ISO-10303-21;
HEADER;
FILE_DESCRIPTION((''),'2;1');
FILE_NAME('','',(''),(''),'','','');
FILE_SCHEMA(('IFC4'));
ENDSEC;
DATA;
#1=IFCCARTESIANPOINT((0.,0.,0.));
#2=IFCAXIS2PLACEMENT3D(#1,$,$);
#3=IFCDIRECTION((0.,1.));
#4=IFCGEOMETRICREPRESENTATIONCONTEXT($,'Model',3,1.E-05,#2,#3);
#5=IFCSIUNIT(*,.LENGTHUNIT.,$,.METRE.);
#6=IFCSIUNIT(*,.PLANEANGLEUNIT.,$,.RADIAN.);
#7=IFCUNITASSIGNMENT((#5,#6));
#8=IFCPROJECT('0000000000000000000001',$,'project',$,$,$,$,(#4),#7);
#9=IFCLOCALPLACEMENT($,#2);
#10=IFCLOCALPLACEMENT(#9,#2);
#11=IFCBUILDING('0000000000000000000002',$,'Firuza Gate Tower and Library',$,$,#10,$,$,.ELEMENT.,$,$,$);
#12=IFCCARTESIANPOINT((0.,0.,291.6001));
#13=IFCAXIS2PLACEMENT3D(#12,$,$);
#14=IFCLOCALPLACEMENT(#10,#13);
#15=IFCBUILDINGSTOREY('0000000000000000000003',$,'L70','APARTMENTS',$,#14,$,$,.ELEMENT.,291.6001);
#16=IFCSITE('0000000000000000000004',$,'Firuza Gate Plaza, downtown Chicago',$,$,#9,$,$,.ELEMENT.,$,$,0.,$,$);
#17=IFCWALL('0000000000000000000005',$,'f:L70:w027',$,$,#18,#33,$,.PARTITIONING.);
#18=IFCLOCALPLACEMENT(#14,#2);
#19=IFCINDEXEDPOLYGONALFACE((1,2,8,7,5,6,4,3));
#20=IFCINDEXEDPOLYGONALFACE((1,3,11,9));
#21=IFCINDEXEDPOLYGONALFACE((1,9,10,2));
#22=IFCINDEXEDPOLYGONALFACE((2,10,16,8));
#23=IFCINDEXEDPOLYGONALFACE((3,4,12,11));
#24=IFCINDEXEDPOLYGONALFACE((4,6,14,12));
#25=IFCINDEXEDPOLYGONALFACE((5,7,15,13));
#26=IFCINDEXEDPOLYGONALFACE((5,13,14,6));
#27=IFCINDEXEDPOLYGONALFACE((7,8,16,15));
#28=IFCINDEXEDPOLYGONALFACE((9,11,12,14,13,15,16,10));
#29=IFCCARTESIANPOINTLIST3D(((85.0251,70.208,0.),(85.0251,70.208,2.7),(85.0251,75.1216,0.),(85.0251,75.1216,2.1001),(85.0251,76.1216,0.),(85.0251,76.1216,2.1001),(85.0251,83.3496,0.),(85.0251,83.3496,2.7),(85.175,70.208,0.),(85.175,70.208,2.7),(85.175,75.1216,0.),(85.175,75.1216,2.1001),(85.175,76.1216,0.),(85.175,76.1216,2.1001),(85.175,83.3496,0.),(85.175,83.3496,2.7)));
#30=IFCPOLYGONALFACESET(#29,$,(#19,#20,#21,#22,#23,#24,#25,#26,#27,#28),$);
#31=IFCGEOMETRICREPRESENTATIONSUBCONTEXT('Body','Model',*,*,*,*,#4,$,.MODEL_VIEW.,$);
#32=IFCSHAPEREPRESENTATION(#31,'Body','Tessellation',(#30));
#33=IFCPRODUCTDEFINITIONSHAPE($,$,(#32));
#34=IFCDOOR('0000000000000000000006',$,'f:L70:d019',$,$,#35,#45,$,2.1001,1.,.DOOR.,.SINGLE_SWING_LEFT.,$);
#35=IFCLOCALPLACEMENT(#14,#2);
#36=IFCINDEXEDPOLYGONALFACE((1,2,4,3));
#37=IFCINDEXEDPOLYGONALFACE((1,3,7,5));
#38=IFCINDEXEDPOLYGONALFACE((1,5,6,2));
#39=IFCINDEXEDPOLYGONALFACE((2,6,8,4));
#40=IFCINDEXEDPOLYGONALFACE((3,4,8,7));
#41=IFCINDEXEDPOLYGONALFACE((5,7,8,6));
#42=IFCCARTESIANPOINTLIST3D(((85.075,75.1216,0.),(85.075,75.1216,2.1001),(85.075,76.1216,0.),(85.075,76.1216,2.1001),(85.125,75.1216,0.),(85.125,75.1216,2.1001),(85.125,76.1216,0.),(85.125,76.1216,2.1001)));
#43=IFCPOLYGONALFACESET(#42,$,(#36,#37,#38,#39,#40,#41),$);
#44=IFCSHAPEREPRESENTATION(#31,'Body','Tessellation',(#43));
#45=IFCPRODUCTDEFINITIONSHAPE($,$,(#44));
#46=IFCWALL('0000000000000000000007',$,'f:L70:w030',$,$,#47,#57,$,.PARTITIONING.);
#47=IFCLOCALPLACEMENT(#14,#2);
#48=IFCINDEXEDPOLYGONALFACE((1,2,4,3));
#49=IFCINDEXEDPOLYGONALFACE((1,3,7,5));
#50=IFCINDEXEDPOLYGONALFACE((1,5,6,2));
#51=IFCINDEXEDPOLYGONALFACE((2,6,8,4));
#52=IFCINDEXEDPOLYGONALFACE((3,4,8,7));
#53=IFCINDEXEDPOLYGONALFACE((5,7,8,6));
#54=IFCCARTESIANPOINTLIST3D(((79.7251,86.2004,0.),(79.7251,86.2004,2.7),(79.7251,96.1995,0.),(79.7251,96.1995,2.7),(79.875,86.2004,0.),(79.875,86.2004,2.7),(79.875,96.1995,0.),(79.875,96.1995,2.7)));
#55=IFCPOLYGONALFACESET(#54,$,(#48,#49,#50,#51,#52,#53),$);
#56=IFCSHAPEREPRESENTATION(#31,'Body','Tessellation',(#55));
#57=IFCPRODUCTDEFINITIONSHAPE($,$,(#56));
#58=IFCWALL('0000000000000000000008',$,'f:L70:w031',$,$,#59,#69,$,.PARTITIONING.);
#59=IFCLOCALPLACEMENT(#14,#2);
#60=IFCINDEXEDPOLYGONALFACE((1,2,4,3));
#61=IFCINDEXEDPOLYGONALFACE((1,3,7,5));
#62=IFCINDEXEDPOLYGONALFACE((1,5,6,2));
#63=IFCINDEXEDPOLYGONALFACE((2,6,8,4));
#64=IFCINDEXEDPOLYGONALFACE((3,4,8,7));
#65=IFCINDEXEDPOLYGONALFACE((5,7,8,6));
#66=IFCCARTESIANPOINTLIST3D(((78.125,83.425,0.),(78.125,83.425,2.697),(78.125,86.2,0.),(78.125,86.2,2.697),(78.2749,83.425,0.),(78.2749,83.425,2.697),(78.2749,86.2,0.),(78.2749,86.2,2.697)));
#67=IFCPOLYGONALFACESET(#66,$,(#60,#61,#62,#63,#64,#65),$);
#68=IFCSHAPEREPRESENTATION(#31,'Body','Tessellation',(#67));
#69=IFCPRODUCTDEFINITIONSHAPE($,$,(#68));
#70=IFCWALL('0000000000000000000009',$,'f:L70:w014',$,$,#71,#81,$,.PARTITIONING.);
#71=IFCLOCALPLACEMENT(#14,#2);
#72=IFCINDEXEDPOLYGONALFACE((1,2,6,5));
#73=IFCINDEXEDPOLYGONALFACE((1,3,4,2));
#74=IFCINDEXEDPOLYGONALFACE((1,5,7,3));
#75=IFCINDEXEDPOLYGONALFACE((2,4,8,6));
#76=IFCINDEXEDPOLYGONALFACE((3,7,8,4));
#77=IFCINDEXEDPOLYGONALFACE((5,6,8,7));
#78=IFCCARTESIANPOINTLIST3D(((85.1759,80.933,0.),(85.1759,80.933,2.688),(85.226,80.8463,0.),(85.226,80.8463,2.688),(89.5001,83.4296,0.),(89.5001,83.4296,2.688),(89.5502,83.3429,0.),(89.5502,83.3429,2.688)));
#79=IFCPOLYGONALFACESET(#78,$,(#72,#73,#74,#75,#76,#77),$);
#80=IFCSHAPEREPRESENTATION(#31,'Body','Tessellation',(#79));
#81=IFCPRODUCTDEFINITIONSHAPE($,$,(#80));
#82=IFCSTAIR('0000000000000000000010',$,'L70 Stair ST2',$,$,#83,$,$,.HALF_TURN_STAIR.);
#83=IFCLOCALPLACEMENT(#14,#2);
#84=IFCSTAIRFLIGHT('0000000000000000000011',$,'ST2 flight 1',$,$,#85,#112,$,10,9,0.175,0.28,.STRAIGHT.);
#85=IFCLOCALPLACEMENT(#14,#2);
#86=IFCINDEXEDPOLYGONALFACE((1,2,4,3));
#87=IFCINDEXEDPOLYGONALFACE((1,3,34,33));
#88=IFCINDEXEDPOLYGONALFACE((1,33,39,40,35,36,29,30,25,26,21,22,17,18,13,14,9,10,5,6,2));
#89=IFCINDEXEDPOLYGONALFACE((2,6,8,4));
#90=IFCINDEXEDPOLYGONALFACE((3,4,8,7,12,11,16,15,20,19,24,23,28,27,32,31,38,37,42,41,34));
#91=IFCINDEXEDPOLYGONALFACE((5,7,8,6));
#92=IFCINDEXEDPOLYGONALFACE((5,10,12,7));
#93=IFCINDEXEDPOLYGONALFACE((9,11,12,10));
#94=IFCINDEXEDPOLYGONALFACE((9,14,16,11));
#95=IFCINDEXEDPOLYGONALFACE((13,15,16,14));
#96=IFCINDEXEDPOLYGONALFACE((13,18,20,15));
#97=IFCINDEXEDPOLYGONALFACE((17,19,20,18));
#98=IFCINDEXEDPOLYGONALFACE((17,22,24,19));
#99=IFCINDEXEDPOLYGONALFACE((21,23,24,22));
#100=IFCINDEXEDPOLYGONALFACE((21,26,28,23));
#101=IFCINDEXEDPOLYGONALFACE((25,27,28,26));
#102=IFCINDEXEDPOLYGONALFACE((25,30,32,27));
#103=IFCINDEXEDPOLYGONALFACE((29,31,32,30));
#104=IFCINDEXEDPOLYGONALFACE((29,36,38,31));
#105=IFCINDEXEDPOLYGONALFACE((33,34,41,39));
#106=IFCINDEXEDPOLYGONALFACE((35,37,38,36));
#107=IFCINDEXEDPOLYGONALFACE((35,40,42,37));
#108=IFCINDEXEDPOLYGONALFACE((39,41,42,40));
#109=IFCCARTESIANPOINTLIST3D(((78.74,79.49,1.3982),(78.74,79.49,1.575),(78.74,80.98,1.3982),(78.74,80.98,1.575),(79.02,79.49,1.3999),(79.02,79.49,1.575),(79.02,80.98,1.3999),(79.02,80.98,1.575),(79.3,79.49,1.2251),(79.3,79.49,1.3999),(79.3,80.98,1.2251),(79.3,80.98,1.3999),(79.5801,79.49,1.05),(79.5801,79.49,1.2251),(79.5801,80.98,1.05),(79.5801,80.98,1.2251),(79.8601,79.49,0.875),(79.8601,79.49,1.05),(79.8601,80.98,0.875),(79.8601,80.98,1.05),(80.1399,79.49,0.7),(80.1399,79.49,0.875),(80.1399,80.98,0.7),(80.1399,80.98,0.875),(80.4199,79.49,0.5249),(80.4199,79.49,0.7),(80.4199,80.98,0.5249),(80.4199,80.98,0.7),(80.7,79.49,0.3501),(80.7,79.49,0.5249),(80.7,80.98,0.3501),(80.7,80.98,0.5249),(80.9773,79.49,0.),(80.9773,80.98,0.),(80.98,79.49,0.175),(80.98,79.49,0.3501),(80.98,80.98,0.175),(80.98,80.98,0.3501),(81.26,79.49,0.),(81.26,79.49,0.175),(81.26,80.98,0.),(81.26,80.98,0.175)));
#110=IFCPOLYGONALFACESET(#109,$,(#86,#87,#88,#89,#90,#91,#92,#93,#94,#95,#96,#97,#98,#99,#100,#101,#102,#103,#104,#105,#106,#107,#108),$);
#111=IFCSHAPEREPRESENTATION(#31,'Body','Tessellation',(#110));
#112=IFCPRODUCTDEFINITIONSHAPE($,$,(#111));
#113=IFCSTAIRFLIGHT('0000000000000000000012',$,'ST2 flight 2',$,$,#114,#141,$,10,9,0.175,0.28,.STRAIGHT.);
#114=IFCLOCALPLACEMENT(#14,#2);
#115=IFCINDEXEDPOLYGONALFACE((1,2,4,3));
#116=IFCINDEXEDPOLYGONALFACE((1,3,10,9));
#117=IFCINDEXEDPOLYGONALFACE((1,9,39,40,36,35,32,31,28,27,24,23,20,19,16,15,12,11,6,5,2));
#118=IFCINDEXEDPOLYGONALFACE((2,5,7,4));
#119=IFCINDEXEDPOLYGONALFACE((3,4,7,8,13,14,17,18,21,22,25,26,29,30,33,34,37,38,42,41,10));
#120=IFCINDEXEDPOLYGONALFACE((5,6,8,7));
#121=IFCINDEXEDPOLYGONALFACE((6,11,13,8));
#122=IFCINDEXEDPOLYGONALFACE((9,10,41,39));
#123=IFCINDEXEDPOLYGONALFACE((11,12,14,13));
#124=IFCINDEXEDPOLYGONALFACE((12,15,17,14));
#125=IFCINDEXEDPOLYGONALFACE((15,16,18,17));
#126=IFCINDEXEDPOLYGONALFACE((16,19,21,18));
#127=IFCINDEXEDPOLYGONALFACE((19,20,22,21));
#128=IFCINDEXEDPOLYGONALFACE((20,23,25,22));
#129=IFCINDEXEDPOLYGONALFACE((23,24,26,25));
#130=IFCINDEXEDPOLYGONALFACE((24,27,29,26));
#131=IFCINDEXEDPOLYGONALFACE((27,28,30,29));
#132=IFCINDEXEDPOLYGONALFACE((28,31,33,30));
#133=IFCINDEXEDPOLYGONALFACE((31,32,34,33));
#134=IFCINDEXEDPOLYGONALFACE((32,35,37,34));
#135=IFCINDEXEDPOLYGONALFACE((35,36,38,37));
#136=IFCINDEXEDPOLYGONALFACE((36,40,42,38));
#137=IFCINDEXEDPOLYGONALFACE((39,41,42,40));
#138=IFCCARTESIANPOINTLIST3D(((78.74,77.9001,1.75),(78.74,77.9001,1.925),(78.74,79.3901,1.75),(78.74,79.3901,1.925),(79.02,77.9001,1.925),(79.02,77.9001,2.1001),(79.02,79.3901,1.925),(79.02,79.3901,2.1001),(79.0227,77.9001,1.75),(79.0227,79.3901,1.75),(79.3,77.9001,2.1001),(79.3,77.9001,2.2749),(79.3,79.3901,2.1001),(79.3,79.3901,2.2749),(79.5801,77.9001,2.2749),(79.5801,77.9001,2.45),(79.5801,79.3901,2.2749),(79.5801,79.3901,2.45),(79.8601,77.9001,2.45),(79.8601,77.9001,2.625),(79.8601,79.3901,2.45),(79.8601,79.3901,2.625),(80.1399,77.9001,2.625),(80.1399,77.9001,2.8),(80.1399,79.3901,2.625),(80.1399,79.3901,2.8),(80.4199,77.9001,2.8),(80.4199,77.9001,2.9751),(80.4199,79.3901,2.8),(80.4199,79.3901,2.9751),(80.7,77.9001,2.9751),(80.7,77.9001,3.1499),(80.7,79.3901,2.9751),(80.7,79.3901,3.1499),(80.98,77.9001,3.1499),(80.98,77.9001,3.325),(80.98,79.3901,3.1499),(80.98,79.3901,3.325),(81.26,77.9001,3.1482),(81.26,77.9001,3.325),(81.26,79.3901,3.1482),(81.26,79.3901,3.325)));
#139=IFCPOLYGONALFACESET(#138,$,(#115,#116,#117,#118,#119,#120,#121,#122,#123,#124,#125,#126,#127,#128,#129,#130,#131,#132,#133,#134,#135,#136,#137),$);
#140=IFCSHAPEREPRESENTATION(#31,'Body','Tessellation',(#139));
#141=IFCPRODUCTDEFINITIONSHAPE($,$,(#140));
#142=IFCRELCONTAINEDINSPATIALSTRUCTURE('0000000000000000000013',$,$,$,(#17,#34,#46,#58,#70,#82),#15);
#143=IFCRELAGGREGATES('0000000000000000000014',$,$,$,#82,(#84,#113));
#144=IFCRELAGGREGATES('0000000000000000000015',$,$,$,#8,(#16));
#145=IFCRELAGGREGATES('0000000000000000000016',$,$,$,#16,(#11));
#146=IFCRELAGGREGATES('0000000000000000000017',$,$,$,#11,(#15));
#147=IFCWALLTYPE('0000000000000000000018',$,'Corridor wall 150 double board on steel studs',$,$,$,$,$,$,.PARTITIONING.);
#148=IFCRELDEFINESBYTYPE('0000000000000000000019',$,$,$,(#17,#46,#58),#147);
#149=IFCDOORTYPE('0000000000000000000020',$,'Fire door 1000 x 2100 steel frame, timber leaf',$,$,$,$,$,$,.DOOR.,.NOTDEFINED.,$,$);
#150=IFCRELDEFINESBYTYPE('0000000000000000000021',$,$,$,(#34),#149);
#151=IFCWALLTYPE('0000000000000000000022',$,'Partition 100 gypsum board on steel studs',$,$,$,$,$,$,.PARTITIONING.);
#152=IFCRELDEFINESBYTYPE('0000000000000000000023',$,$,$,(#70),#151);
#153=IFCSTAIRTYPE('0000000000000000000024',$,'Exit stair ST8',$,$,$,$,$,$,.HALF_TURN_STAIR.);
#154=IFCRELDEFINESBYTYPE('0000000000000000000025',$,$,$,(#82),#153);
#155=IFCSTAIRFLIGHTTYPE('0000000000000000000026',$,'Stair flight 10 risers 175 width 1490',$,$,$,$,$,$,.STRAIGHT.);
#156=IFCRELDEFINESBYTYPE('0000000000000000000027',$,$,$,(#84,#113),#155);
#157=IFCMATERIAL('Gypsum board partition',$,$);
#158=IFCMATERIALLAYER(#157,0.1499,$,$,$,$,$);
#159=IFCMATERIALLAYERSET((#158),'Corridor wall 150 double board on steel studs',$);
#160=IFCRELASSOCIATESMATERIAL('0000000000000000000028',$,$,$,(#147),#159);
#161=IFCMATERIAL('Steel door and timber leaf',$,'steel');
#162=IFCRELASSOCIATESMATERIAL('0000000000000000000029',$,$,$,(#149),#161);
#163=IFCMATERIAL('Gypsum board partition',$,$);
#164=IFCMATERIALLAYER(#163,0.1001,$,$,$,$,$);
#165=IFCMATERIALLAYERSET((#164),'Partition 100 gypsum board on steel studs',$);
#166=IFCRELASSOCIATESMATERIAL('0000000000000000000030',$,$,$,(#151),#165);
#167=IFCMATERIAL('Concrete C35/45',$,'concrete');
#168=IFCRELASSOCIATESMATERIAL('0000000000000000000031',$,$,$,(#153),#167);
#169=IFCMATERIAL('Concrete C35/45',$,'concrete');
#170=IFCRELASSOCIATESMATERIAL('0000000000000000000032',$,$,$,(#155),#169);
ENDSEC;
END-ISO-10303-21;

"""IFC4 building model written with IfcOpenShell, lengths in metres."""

from ifc_helpers import new_model, si_unit, direction, frame, frame_2d, origin, place, context, subcontext, project, spatial, polyline, rectangle, outline, extrude, material, layer, layer_set, type_object, element, fill, aggregate, save


model = new_model("IFC4")

# Units and contexts
model_context = context("Model", 3, precision=1e-05, world=origin(), true_north=direction((0.0, 1.0)))
body_context = subcontext(model_context, "Body", "Model", "MODEL_VIEW")
ifc_project = project(units=[si_unit("LENGTHUNIT", "METRE"), si_unit("PLANEANGLEUNIT", "RADIAN")], contexts=[model_context])

# Site, building, storey
site_placement = place(None, origin())
site = spatial("IfcSite", under=ifc_project, at=site_placement, Name="Firuza Gate Plaza, downtown Chicago", CompositionType="ELEMENT", RefElevation=0.0)
building_placement = place(site_placement, origin())
building = spatial("IfcBuilding", under=site, at=building_placement, Name="Firuza Gate Tower and Library", CompositionType="ELEMENT")
storey_placement = place(building_placement, frame((0.0, 0.0, 291.6001)))
storey = spatial("IfcBuildingStorey", under=building, at=storey_placement, Name="L70", Description="APARTMENTS", CompositionType="ELEMENT", Elevation=291.6001)

# Shared definitions
ifc_material_1 = material(Name="Gypsum board partition")
ifc_layer_1 = layer(ifc_material_1, 0.1499)
ifc_layer_set_1 = layer_set([ifc_layer_1], Name="Corridor wall 150 double board on steel studs")
wall_type_1 = type_object("IfcWallType", Name="Corridor wall 150 double board on steel studs", PredefinedType="PARTITIONING", material=ifc_layer_set_1)
ifc_material_2 = material(Name="Steel door and timber leaf", Category="steel")
door_type_1 = type_object("IfcDoorType", Name="Fire door 1000 x 2100 steel frame, timber leaf", OperationType="NOTDEFINED", PredefinedType="DOOR", material=ifc_material_2)

# Wall, opening, door
wall_1_placement = place(storey_placement, frame((85.1001, 83.3496, 0.0), z_axis=(0.0, 0.0, 1.0), x_axis=(0.0, -1.0, 0.0)))
wall_1 = element("IfcWall", 1, at=wall_1_placement, inside=storey, type_object=wall_type_1, Name="f:L70:w027", PredefinedType="PARTITIONING", context=body_context, shape_type="SweptSolid", body=[
    extrude(rectangle(XDim=13.1416, YDim=0.1499, at=frame_2d((6.5708, 0.0))), origin(), (0.0, 0.0, 1.0), 2.7),
])
opening_1_placement = place(wall_1_placement, frame((7.228, 0.0, 0.0)))
opening_1 = element("IfcOpeningElement", 2, at=opening_1_placement, cuts=wall_1, PredefinedType="OPENING", context=body_context, shape_type="SweptSolid", body=[
    extrude(rectangle(XDim=1.0, YDim=2.1001, at=frame_2d((0.5, 1.05))), frame((0.0, 0.085, 0.0), z_axis=(0.0, -1.0, 0.0), x_axis=(1.0, 0.0, 0.0)), (0.0, 0.0, 1.0), 0.1699),
])
door_1_placement = place(opening_1_placement, origin())
door_1 = element("IfcDoor", 3, at=door_1_placement, inside=storey, type_object=door_type_1, Name="f:L70:d019", OperationType="SINGLE_SWING_LEFT", OverallHeight=2.1001, OverallWidth=1.0, PredefinedType="DOOR", context=body_context, shape_type="SweptSolid", body=[
    extrude(rectangle(XDim=1.0, YDim=2.1001, at=frame_2d((0.5, 1.05))), frame((0.0, 0.0249, 0.0), z_axis=(0.0, -1.0, 0.0), x_axis=(1.0, 0.0, 0.0)), (0.0, 0.0, 1.0), 0.05),
])
fill(opening_1, door_1)

# Walls
wall_2_placement = place(storey_placement, frame((79.8, 86.2004, 0.0), z_axis=(0.0, 0.0, 1.0), x_axis=(0.0, 1.0, 0.0)))
element("IfcWall", 4, at=wall_2_placement, inside=storey, type_object=wall_type_1, Name="f:L70:w030", PredefinedType="PARTITIONING", context=body_context, shape_type="SweptSolid", body=[
    extrude(rectangle(XDim=9.999, YDim=0.1499, at=frame_2d((4.9995, 0.0))), origin(), (0.0, 0.0, 1.0), 2.7),
])
wall_3_placement = place(storey_placement, frame((78.2, 83.425, 0.0), z_axis=(0.0, 0.0, 1.0), x_axis=(0.0, 1.0, 0.0)))
element("IfcWall", 5, at=wall_3_placement, inside=storey, type_object=wall_type_1, Name="f:L70:w031", PredefinedType="PARTITIONING", context=body_context, shape_type="SweptSolid", body=[
    extrude(rectangle(XDim=2.7749, YDim=0.1499, at=frame_2d((1.3875, 0.0))), origin(), (0.0, 0.0, 1.0), 2.697),
])
ifc_material_3 = material(Name="Gypsum board partition")
ifc_layer_2 = layer(ifc_material_3, 0.1001)
ifc_layer_set_2 = layer_set([ifc_layer_2], Name="Partition 100 gypsum board on steel studs")
wall_type_2 = type_object("IfcWallType", Name="Partition 100 gypsum board on steel studs", PredefinedType="PARTITIONING", material=ifc_layer_set_2)
wall_4_placement = place(storey_placement, frame((85.2009, 80.8896, 0.0), z_axis=(0.0, 0.0, 1.0), x_axis=(0.866026, 0.499999, 0.0)))
element("IfcWall", 6, at=wall_4_placement, inside=storey, type_object=wall_type_2, Name="f:L70:w014", PredefinedType="PARTITIONING", context=body_context, shape_type="SweptSolid", body=[
    extrude(rectangle(XDim=4.9932, YDim=0.1001, at=frame_2d((2.4966, 0.0))), origin(), (0.0, 0.0, 1.0), 2.688),
])

# Stair, stair flights
ifc_material_4 = material(Name="Concrete C35/45", Category="concrete")
stair_type = type_object("IfcStairType", Name="Exit stair ST8", PredefinedType="HALF_TURN_STAIR", material=ifc_material_4)
stair_placement = place(storey_placement, origin())
stair = element("IfcStair", 7, at=stair_placement, inside=storey, type_object=stair_type, Name="L70 Stair ST2", PredefinedType="HALF_TURN_STAIR")
ifc_material_5 = material(Name="Concrete C35/45", Category="concrete")
stair_flight_type = type_object("IfcStairFlightType", Name="Stair flight 10 risers 175 width 1490", PredefinedType="STRAIGHT", material=ifc_material_5)
stair_flight_1_placement = place(storey_placement, frame((81.26, 80.2351, 0.0), z_axis=(0.0, 0.0, 1.0), x_axis=(-1.0, 0.0, 0.0)))
stair_flight_1 = element("IfcStairFlight", 8, at=stair_flight_1_placement, type_object=stair_flight_type, Name="ST2 flight 1", NumberOfRisers=10, NumberOfTreads=9, PredefinedType="STRAIGHT", RiserHeight=0.175, TreadLength=0.28, context=body_context, shape_type="SweptSolid", body=[
    extrude(outline(polyline([(0.0, 0.0), (0.0, 0.175), (0.28, 0.175), (0.28, 0.3501), (0.5601, 0.3501), (0.5601, 0.5249), (0.8401, 0.5249), (0.8401, 0.7), (1.1201, 0.7), (1.1201, 0.875), (1.3999, 0.875), (1.3999, 1.05), (1.6799, 1.05), (1.6799, 1.2251), (1.96, 1.2251), (1.96, 1.3999), (2.24, 1.3999), (2.24, 1.575), (2.52, 1.575), (2.52, 1.75), (2.52, 1.3982), (0.2827, 0.0), (0.0, 0.0)])), frame((0.0, 0.7451, 0.0), z_axis=(0.0, -1.0, 0.0), x_axis=(1.0, 0.0, 0.0)), (0.0, 0.0, 1.0), 1.49),
])
stair_flight_2_placement = place(storey_placement, frame((78.74, 78.645, 1.75), z_axis=(0.0, 0.0, 1.0), x_axis=(1.0, 0.0, 0.0)))
stair_flight_2 = element("IfcStairFlight", 9, at=stair_flight_2_placement, type_object=stair_flight_type, Name="ST2 flight 2", NumberOfRisers=10, NumberOfTreads=9, PredefinedType="STRAIGHT", RiserHeight=0.175, TreadLength=0.28, context=body_context, shape_type="SweptSolid", body=[
    extrude(outline(polyline([(0.0, 0.0), (0.0, 0.175), (0.28, 0.175), (0.28, 0.3501), (0.5601, 0.3501), (0.5601, 0.5249), (0.8401, 0.5249), (0.8401, 0.7), (1.1201, 0.7), (1.1201, 0.875), (1.3999, 0.875), (1.3999, 1.05), (1.6799, 1.05), (1.6799, 1.2251), (1.96, 1.2251), (1.96, 1.3999), (2.24, 1.3999), (2.24, 1.575), (2.52, 1.575), (2.52, 1.75), (2.52, 1.3982), (0.2827, 0.0), (0.0, 0.0)])), frame((0.0, 0.7451, 0.0), z_axis=(0.0, -1.0, 0.0), x_axis=(1.0, 0.0, 0.0)), (0.0, 0.0, 1.0), 1.49),
])
aggregate(stair, [stair_flight_1, stair_flight_2])

save(model, "model.ifc")
